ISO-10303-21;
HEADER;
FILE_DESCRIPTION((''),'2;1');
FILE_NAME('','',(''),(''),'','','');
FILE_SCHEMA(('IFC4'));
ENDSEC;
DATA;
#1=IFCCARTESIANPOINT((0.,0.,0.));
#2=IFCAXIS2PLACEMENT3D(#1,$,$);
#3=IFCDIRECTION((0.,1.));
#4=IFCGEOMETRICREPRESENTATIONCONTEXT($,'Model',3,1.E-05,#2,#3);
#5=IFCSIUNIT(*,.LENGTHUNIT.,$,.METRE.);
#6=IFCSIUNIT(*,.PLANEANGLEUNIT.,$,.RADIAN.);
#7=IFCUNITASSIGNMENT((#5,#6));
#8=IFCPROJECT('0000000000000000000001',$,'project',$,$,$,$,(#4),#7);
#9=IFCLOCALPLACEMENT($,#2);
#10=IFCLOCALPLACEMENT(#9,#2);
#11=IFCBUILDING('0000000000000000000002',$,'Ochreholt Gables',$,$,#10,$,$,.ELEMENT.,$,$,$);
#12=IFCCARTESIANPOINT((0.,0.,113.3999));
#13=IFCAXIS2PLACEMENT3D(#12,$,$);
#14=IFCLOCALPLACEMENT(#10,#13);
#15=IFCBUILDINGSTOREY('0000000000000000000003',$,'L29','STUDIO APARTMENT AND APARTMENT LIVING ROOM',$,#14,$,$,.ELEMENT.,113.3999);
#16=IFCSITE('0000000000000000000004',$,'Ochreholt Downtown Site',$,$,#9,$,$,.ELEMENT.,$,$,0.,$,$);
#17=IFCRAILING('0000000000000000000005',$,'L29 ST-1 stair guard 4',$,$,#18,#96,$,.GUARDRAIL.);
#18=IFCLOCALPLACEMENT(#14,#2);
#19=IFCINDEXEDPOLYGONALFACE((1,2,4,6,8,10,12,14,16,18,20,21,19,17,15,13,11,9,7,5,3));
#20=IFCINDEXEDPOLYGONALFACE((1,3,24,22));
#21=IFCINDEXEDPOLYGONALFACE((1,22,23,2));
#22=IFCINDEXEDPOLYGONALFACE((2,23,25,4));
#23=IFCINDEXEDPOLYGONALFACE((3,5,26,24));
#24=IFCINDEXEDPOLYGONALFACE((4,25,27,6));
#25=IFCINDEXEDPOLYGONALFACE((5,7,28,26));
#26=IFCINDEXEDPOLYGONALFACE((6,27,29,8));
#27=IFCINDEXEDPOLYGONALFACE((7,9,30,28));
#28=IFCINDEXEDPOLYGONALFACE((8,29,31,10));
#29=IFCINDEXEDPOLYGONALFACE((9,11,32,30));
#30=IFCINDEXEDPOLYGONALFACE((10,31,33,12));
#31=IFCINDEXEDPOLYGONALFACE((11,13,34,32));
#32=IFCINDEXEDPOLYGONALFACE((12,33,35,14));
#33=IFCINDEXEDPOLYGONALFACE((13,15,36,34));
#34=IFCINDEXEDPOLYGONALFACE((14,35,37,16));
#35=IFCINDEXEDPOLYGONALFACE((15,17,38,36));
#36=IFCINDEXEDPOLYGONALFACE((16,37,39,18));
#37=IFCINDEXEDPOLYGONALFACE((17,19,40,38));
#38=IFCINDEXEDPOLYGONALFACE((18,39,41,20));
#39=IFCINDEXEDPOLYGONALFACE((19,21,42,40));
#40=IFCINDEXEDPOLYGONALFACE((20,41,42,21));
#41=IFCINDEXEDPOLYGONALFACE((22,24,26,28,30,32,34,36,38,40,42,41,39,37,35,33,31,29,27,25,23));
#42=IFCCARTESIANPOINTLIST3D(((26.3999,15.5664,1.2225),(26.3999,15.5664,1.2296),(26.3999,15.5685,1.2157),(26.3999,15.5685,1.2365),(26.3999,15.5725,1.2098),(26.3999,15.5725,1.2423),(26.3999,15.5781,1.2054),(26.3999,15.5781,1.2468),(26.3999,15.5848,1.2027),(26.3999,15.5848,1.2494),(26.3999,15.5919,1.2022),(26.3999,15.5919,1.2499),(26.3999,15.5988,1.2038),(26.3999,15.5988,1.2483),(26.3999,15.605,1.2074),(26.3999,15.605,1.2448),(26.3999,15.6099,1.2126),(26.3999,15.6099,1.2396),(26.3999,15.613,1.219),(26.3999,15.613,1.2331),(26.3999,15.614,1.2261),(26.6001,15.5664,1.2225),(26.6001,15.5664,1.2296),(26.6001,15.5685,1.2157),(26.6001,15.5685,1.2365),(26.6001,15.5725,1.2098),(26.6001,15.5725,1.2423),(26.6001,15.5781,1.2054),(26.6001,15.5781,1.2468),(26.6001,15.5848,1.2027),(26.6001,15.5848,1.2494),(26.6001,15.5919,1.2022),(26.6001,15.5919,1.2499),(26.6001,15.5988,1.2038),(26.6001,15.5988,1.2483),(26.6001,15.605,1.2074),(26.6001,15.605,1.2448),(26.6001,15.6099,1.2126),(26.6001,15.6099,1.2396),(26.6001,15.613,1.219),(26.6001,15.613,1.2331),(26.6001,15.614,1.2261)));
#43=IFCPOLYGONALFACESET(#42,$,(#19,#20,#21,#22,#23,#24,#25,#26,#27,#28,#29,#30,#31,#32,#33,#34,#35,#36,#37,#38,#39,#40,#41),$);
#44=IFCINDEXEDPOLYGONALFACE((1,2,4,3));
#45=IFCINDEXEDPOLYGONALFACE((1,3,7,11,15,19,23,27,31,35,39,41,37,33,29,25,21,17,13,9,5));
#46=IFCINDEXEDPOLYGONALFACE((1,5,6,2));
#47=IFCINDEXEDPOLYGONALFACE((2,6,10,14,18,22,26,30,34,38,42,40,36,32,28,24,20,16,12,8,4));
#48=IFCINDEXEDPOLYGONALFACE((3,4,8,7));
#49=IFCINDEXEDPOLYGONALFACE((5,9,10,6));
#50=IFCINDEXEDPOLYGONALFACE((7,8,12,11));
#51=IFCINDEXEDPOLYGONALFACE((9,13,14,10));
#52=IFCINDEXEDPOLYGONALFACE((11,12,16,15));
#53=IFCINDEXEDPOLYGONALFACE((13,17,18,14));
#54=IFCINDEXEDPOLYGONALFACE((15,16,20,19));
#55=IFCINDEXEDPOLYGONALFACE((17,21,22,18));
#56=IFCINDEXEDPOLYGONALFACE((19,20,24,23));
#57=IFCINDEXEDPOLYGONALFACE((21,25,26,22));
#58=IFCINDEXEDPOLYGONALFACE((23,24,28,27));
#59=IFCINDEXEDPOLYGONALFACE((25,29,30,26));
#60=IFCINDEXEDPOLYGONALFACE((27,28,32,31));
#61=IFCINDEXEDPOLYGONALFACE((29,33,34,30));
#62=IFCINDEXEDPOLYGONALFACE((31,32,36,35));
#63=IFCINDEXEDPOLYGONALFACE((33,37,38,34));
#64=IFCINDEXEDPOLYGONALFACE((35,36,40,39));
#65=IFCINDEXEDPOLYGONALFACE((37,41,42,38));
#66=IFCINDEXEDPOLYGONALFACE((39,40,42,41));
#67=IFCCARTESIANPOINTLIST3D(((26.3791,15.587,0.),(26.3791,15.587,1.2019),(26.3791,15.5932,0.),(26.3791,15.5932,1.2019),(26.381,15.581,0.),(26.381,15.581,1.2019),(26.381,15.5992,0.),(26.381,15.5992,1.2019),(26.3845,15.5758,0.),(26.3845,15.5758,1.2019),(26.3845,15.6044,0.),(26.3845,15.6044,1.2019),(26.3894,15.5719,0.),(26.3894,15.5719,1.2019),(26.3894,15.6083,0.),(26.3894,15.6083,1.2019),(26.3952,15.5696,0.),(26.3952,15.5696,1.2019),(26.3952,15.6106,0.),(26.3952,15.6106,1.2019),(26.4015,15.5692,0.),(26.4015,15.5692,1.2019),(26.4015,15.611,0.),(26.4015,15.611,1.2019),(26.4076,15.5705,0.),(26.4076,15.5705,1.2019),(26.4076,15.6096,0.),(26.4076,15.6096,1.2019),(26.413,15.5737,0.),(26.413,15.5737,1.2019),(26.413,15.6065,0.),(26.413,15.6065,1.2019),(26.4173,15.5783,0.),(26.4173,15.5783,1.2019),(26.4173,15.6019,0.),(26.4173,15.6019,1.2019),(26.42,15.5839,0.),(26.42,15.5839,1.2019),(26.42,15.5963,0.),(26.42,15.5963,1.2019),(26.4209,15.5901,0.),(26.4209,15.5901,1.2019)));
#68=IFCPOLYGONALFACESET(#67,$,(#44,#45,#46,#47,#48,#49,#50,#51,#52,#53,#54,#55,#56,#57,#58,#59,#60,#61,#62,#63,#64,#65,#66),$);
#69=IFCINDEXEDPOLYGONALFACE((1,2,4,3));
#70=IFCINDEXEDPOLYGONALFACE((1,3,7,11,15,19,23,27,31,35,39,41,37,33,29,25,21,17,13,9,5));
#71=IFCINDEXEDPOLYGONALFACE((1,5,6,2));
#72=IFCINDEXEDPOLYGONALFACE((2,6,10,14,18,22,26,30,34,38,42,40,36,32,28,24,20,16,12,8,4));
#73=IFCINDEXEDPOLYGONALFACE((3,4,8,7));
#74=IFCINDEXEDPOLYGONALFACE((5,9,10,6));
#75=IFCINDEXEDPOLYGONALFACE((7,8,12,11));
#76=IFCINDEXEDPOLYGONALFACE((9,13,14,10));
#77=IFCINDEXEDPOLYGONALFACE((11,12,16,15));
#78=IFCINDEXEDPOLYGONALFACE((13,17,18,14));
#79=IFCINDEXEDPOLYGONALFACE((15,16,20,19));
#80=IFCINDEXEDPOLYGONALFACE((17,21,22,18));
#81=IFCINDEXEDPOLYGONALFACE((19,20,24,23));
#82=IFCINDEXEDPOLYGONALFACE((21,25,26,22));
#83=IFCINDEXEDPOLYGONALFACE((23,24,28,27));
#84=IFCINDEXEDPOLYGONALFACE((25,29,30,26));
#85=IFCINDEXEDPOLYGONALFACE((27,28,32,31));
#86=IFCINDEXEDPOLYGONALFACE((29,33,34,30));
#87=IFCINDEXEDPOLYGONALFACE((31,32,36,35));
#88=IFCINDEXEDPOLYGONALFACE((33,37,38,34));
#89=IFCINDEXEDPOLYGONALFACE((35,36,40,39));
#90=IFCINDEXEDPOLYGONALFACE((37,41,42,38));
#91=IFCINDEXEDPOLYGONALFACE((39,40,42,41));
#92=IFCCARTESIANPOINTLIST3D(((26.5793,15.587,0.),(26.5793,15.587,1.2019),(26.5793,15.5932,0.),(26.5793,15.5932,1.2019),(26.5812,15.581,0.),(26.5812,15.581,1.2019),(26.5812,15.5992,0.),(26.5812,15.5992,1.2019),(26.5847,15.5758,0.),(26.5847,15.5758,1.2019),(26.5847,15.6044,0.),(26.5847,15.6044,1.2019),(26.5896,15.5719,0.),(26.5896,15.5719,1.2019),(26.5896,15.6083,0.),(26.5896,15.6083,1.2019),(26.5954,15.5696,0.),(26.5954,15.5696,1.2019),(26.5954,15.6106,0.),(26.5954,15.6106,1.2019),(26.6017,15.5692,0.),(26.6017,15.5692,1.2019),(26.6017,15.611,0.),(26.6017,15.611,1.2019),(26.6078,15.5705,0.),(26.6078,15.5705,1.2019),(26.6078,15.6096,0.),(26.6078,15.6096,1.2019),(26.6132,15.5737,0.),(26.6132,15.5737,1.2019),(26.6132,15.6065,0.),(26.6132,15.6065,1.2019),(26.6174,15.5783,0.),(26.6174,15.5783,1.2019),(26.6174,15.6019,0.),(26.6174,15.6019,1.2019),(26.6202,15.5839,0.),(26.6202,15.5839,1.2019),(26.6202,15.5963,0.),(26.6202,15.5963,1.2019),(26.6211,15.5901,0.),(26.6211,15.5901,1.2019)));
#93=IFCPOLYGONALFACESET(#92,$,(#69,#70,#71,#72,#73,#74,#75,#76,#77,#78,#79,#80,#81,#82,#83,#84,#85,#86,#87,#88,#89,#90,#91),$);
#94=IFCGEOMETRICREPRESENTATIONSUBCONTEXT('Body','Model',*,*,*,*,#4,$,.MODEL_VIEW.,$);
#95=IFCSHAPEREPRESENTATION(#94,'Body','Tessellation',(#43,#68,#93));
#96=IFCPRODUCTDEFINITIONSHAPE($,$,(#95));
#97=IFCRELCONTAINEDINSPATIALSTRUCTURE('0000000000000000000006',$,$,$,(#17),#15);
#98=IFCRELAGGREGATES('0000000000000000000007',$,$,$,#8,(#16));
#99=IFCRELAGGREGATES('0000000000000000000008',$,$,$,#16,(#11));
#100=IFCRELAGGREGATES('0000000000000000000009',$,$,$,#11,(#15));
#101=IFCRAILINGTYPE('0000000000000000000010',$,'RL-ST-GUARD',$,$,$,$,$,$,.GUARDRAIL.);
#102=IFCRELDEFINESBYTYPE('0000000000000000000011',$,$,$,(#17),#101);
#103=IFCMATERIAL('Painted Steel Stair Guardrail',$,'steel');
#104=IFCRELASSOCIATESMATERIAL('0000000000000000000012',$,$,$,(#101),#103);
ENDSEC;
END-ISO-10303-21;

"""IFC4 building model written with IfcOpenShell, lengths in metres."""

from ifc_helpers import new_model, si_unit, direction, frame, origin, origin_2d, place, context, subcontext, project, spatial, circle, extrude, material, type_object, element, save


model = new_model("IFC4")

# Units and contexts
model_context = context("Model", 3, precision=1e-05, world=origin(), true_north=direction((0.0, 1.0)))
body_context = subcontext(model_context, "Body", "Model", "MODEL_VIEW")
ifc_project = project(units=[si_unit("LENGTHUNIT", "METRE"), si_unit("PLANEANGLEUNIT", "RADIAN")], contexts=[model_context])

# Site, building, storey
site_placement = place(None, origin())
site = spatial("IfcSite", under=ifc_project, at=site_placement, Name="Ochreholt Downtown Site", CompositionType="ELEMENT", RefElevation=0.0)
building_placement = place(site_placement, origin())
building = spatial("IfcBuilding", under=site, at=building_placement, Name="Ochreholt Gables", CompositionType="ELEMENT")
storey_placement = place(building_placement, frame((0.0, 0.0, 113.3999)))
storey = spatial("IfcBuildingStorey", under=building, at=storey_placement, Name="L29", Description="STUDIO APARTMENT AND APARTMENT LIVING ROOM", CompositionType="ELEMENT", Elevation=113.3999)

# Railing
ifc_material_1 = material(Name="Painted Steel Stair Guardrail", Category="steel")
railing_type_1 = type_object("IfcRailingType", Name="RL-ST-GUARD", PredefinedType="GUARDRAIL", material=ifc_material_1)
railing_1_placement = place(storey_placement, frame((26.3999, 15.5901, 0.0)))
element("IfcRailing", 1, at=railing_1_placement, inside=storey, type_object=railing_type_1, Name="L29 ST-1 stair guard 4", PredefinedType="GUARDRAIL", context=body_context, shape_type="SweptSolid", body=[
    extrude(circle(Radius=0.0239, at=origin_2d()), frame((0.0, 0.0, 1.2261), z_axis=(1.0, 0.0, 0.0), x_axis=(0.0, 1.0, 0.0)), (0.0, 0.0, 1.0), 0.2002),
    extrude(circle(Radius=0.021, at=origin_2d()), origin(), (0.0, 0.0, 1.0), 1.2019),
    extrude(circle(Radius=0.021, at=origin_2d()), frame((0.2002, 0.0, 0.0)), (0.0, 0.0, 1.0), 1.2019),
])

save(model, "model.ifc")
